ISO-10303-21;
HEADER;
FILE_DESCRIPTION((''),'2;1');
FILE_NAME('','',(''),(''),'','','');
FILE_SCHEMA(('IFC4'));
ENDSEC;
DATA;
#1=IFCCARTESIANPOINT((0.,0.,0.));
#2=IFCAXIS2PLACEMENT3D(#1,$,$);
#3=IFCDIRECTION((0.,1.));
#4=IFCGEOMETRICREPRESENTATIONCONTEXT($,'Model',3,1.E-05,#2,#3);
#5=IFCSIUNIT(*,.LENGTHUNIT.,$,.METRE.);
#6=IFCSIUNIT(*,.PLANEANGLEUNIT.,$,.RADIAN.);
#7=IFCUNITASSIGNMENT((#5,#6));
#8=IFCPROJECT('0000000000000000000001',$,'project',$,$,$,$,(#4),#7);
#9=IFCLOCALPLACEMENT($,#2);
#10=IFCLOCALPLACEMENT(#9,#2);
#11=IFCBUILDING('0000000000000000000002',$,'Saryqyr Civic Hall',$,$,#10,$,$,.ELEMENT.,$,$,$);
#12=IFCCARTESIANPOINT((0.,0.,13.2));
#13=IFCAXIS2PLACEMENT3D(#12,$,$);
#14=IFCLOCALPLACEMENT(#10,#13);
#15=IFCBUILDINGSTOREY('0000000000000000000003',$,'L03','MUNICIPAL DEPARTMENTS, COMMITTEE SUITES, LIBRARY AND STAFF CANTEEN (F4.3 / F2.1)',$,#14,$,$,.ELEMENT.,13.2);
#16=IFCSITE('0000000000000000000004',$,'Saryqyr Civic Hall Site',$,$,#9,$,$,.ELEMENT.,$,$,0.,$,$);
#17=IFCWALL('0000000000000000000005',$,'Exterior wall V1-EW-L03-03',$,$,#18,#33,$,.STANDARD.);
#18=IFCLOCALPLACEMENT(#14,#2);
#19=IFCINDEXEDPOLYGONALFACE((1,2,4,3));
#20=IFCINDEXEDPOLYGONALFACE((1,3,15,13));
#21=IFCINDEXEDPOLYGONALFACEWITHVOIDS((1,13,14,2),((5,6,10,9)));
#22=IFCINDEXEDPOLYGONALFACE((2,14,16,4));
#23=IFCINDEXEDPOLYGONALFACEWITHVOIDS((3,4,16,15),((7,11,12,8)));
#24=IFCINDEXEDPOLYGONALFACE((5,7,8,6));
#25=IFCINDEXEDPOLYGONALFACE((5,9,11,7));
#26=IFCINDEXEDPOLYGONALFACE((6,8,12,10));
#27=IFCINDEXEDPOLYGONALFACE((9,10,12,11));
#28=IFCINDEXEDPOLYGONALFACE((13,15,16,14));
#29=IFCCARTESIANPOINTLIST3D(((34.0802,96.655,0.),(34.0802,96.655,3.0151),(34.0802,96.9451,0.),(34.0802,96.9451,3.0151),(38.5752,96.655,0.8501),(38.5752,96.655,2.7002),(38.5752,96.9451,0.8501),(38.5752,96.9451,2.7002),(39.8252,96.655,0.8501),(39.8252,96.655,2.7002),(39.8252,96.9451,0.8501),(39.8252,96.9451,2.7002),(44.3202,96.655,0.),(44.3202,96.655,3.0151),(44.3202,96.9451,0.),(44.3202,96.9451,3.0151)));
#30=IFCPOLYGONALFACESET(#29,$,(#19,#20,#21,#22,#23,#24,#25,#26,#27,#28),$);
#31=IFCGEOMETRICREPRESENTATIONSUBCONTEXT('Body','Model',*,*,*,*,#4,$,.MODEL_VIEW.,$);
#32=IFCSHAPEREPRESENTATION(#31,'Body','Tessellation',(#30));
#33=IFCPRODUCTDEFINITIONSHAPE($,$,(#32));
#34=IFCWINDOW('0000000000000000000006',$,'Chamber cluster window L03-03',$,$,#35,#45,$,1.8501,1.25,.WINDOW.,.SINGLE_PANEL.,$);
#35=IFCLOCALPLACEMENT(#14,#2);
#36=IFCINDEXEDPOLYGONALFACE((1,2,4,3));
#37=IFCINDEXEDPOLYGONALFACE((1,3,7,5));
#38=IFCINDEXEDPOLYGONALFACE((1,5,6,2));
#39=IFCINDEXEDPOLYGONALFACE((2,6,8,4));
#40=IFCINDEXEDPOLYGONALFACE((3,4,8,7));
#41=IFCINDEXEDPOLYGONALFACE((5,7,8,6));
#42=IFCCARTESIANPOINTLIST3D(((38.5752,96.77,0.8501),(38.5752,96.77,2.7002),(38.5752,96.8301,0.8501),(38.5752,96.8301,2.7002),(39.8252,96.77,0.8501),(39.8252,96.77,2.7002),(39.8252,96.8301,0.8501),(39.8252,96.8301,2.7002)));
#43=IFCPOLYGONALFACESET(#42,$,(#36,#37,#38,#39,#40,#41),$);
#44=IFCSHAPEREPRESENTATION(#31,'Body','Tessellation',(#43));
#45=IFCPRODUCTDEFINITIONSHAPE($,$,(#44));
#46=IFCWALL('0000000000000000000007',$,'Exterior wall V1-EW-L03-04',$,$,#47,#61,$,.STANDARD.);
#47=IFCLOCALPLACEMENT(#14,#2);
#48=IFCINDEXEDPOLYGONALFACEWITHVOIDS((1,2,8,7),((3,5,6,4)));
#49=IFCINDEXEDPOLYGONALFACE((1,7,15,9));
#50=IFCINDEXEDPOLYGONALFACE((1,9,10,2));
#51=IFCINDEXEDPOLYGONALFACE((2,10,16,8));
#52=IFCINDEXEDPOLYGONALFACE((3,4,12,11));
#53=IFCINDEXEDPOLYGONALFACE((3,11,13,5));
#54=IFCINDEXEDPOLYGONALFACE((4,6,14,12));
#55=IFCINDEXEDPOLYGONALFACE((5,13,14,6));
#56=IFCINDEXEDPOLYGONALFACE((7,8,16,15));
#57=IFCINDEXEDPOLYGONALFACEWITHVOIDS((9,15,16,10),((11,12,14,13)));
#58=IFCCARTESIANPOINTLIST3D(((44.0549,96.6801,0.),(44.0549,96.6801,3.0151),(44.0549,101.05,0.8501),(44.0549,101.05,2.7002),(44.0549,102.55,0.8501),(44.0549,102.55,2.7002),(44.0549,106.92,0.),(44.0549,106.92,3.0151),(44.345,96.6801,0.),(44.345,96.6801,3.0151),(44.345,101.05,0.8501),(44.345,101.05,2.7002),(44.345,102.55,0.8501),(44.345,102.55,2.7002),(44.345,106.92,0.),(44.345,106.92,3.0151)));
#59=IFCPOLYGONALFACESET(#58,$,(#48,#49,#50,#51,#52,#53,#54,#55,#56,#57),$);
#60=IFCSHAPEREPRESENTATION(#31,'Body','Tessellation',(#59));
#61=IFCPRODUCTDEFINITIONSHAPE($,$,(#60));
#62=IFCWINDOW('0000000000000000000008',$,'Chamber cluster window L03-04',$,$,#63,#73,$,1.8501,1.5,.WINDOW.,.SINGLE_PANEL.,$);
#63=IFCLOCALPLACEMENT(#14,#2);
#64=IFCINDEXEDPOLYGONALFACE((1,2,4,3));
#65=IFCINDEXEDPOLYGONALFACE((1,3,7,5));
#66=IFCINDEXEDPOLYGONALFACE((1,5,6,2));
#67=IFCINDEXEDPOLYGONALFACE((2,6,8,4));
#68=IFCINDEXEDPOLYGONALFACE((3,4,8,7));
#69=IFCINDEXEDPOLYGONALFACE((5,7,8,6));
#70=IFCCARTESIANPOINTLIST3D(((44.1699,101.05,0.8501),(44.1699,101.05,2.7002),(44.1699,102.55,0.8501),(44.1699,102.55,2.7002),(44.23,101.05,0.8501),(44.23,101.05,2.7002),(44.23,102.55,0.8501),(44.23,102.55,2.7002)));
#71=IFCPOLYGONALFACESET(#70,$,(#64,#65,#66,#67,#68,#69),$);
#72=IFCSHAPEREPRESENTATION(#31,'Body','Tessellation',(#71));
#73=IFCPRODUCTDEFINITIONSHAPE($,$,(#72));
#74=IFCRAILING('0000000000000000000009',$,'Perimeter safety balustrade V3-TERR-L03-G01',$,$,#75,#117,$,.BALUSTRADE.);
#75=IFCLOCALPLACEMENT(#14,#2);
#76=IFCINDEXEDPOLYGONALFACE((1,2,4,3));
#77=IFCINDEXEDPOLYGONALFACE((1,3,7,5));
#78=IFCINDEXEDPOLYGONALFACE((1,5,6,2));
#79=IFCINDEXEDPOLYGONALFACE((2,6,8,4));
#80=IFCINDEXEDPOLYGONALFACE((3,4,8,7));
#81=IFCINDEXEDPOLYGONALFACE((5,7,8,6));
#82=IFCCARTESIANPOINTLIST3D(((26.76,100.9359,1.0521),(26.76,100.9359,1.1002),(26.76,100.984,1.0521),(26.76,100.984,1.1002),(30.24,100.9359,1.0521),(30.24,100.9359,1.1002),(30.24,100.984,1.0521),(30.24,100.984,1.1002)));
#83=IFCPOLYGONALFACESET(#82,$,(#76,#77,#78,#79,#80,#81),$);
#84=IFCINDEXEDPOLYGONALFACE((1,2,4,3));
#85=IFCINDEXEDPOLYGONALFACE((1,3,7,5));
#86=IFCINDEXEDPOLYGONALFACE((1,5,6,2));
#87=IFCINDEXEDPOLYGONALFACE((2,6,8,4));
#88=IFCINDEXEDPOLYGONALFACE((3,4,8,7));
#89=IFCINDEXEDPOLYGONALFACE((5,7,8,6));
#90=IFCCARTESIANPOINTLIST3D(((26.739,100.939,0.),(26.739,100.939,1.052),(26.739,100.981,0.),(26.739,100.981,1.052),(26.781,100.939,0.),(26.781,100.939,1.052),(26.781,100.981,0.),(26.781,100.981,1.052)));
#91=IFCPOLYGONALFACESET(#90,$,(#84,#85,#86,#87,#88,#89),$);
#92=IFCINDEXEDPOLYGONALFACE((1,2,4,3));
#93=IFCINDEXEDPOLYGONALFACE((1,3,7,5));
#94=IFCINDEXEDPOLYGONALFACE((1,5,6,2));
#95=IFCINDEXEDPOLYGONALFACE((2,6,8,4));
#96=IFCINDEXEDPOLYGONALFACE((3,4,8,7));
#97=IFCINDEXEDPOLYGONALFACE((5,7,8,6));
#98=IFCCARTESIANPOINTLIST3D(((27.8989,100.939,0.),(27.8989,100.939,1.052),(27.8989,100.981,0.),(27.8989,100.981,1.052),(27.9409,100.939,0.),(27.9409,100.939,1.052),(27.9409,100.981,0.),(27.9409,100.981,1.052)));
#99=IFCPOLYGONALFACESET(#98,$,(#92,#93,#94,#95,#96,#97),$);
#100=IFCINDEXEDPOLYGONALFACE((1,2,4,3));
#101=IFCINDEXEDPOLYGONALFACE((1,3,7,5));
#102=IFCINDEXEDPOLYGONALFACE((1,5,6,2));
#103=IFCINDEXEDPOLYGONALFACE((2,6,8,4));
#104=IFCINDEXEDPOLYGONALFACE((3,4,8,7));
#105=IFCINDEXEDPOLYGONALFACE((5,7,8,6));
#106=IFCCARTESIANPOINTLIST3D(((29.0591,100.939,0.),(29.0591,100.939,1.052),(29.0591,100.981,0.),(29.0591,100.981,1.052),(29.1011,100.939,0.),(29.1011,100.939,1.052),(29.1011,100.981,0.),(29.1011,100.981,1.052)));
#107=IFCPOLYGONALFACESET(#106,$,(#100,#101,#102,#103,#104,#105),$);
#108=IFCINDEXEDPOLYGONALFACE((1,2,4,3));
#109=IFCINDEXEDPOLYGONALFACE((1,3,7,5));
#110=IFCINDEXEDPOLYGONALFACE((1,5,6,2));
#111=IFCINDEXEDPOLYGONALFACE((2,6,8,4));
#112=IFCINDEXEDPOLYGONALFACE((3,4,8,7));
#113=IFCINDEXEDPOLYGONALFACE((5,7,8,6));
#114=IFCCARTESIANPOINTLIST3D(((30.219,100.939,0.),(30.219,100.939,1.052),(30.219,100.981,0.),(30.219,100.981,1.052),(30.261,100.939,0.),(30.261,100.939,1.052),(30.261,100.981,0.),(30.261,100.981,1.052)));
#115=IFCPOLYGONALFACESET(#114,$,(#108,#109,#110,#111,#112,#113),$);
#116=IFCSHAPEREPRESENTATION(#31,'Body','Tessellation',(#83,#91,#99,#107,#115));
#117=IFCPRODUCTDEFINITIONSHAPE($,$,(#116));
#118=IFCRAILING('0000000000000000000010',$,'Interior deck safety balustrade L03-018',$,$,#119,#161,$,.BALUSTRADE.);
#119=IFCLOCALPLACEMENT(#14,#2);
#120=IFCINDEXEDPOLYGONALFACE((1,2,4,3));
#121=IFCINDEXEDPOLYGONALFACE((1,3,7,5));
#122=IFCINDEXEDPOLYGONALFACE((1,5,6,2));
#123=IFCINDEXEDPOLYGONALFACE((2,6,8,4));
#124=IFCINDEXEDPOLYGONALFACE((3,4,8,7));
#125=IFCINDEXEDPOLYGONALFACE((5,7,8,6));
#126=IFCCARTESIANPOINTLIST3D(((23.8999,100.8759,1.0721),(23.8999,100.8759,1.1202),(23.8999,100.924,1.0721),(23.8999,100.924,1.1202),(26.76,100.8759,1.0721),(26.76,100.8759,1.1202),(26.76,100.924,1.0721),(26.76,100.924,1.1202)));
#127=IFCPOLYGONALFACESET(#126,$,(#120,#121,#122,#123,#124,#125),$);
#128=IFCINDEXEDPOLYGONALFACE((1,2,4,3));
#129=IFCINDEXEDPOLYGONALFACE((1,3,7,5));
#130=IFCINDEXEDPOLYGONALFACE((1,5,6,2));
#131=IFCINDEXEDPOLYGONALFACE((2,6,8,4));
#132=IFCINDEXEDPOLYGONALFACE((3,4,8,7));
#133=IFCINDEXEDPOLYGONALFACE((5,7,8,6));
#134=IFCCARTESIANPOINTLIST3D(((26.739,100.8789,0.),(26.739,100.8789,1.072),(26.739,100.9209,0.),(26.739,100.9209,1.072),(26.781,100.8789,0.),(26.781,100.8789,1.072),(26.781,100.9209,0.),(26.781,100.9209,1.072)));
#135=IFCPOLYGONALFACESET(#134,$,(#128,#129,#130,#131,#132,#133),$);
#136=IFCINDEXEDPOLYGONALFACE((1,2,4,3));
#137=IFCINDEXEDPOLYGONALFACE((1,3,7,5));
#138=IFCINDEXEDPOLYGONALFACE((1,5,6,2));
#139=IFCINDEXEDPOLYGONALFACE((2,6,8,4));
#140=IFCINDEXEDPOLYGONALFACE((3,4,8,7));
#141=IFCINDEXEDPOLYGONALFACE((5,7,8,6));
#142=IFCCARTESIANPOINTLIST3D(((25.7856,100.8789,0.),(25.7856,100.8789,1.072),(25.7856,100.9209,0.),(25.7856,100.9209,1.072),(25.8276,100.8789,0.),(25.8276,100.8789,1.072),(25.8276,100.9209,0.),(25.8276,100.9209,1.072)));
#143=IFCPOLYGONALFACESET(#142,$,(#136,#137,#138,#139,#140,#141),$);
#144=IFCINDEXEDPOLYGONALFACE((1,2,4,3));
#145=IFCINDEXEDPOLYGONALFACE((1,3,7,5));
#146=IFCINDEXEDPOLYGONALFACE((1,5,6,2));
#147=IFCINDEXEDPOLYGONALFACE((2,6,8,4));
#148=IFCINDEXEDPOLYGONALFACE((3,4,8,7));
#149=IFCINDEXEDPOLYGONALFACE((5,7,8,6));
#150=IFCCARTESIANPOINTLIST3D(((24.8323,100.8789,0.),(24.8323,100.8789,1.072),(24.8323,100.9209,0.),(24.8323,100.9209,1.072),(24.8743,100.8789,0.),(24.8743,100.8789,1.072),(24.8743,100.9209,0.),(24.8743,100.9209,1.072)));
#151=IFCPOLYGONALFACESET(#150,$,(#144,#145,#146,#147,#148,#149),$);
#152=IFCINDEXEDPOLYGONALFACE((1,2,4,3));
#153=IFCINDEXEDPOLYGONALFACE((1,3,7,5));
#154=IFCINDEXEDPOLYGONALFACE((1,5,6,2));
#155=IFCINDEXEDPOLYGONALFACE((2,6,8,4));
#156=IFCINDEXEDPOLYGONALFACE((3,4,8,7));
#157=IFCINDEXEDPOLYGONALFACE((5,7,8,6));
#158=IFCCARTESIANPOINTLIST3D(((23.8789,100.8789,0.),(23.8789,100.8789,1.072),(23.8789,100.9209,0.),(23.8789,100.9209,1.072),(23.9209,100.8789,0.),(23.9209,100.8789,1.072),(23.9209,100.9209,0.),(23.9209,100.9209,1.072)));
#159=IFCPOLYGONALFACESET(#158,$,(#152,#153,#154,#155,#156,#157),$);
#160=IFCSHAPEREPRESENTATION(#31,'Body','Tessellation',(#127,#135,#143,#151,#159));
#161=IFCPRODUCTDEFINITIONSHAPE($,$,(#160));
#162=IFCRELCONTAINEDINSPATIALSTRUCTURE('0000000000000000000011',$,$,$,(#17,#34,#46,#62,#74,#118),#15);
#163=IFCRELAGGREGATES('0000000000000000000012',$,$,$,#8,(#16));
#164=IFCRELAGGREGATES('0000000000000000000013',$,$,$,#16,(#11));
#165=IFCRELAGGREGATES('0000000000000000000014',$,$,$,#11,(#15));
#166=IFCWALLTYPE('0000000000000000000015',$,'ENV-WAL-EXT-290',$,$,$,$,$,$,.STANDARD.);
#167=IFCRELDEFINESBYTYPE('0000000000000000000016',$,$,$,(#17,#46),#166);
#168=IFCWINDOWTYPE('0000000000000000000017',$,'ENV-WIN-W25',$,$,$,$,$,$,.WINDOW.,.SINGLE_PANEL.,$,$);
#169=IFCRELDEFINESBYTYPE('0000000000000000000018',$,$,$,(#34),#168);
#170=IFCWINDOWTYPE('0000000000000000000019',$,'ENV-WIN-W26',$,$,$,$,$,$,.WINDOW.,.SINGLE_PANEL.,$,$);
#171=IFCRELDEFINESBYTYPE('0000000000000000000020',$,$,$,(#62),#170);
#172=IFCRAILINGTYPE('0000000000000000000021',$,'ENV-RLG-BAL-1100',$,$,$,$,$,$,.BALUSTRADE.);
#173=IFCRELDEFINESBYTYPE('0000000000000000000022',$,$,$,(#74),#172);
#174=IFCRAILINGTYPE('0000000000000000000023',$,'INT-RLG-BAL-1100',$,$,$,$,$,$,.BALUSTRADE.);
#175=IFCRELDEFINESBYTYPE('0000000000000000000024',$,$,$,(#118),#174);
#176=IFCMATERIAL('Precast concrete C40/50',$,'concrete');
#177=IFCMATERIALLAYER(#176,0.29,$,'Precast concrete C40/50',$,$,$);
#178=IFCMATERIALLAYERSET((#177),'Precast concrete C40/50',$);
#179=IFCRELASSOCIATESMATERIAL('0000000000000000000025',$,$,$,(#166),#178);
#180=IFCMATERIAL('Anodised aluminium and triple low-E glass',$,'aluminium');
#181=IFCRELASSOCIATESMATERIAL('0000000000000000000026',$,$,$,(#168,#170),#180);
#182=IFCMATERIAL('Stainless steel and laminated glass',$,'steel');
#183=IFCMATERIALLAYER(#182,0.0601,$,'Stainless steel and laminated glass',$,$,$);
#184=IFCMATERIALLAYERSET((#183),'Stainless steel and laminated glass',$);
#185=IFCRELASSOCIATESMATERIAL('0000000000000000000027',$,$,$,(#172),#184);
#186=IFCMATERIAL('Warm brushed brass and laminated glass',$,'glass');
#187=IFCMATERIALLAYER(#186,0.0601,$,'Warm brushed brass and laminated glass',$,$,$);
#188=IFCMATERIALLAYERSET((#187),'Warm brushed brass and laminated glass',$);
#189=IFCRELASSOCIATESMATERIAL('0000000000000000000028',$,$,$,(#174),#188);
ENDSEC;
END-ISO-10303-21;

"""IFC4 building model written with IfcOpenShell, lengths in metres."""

from ifc_helpers import new_model, si_unit, direction, frame, frame_2d, origin, origin_2d, place, context, subcontext, project, spatial, rectangle, extrude, material, layer, layer_set, type_object, element, fill, save


model = new_model("IFC4")

# Units and contexts
model_context = context("Model", 3, precision=1e-05, world=origin(), true_north=direction((0.0, 1.0)))
body_context = subcontext(model_context, "Body", "Model", "MODEL_VIEW")
ifc_project = project(units=[si_unit("LENGTHUNIT", "METRE"), si_unit("PLANEANGLEUNIT", "RADIAN")], contexts=[model_context])

# Site, building, storey
site_placement = place(None, origin())
site = spatial("IfcSite", under=ifc_project, at=site_placement, Name="Saryqyr Civic Hall Site", CompositionType="ELEMENT", RefElevation=0.0)
building_placement = place(site_placement, origin())
building = spatial("IfcBuilding", under=site, at=building_placement, Name="Saryqyr Civic Hall", CompositionType="ELEMENT")
storey_placement = place(building_placement, frame((0.0, 0.0, 13.2)))
storey = spatial("IfcBuildingStorey", under=building, at=storey_placement, Name="L03", Description="MUNICIPAL DEPARTMENTS, COMMITTEE SUITES, LIBRARY AND STAFF CANTEEN (F4.3 / F2.1)", CompositionType="ELEMENT", Elevation=13.2)

# Shared definitions
ifc_material_1 = material(Name="Anodised aluminium and triple low-E glass", Category="aluminium")

# Walls, openings, windows
ifc_material_2 = material(Name="Precast concrete C40/50", Category="concrete")
ifc_layer_1 = layer(ifc_material_2, 0.29, Name="Precast concrete C40/50")
ifc_layer_set_1 = layer_set([ifc_layer_1], Name="Precast concrete C40/50")
wall_type_1 = type_object("IfcWallType", Name="ENV-WAL-EXT-290", PredefinedType="STANDARD", material=ifc_layer_set_1)
wall_1_placement = place(storey_placement, frame((34.0801, 96.8, 0.0), z_axis=(0.0, 0.0, 1.0), x_axis=(1.0, 0.0, 0.0)))
wall_1 = element("IfcWall", 1, at=wall_1_placement, inside=storey, type_object=wall_type_1, Name="Exterior wall V1-EW-L03-03", PredefinedType="STANDARD", context=body_context, shape_type="SweptSolid", body=[
    extrude(rectangle(XDim=10.24, YDim=0.29, at=frame_2d((5.1201, 0.0))), origin(), (0.0, 0.0, 1.0), 3.0151),
])
opening_1_placement = place(wall_1_placement, frame((4.4951, 0.0, 0.8501)))
opening_1 = element("IfcOpeningElement", 2, at=opening_1_placement, cuts=wall_1, PredefinedType="OPENING", context=body_context, shape_type="SweptSolid", body=[
    extrude(rectangle(XDim=1.25, YDim=1.8501, at=frame_2d((0.625, 0.925))), frame((0.0, 0.155, 0.0), z_axis=(0.0, -1.0, 0.0), x_axis=(1.0, 0.0, 0.0)), (0.0, 0.0, 1.0), 0.3101),
])
window_type_1 = type_object("IfcWindowType", Name="ENV-WIN-W25", PartitioningType="SINGLE_PANEL", PredefinedType="WINDOW", material=ifc_material_1)
window_1_placement = place(opening_1_placement, origin())
window_1 = element("IfcWindow", 3, at=window_1_placement, inside=storey, type_object=window_type_1, Name="Chamber cluster window L03-03", OverallHeight=1.8501, OverallWidth=1.25, PartitioningType="SINGLE_PANEL", PredefinedType="WINDOW", context=body_context, shape_type="SweptSolid", body=[
    extrude(rectangle(XDim=1.25, YDim=1.8501, at=frame_2d((0.625, 0.925))), frame((0.0, 0.03, 0.0), z_axis=(0.0, -1.0, 0.0), x_axis=(1.0, 0.0, 0.0)), (0.0, 0.0, 1.0), 0.0601),
])
fill(opening_1, window_1)
wall_2_placement = place(storey_placement, frame((44.2, 96.6799, 0.0), z_axis=(0.0, 0.0, 1.0), x_axis=(0.0, 1.0, 0.0)))
wall_2 = element("IfcWall", 4, at=wall_2_placement, inside=storey, type_object=wall_type_1, Name="Exterior wall V1-EW-L03-04", PredefinedType="STANDARD", context=body_context, shape_type="SweptSolid", body=[
    extrude(rectangle(XDim=10.24, YDim=0.29, at=frame_2d((5.1201, 0.0))), origin(), (0.0, 0.0, 1.0), 3.0151),
])
opening_2_placement = place(wall_2_placement, frame((4.3701, 0.0, 0.8501)))
opening_2 = element("IfcOpeningElement", 5, at=opening_2_placement, cuts=wall_2, PredefinedType="OPENING", context=body_context, shape_type="SweptSolid", body=[
    extrude(rectangle(XDim=1.5, YDim=1.8501, at=frame_2d((0.75, 0.925))), frame((0.0, 0.155, 0.0), z_axis=(0.0, -1.0, 0.0), x_axis=(1.0, 0.0, 0.0)), (0.0, 0.0, 1.0), 0.3101),
])
window_type_2 = type_object("IfcWindowType", Name="ENV-WIN-W26", PartitioningType="SINGLE_PANEL", PredefinedType="WINDOW", material=ifc_material_1)
window_2_placement = place(opening_2_placement, origin())
window_2 = element("IfcWindow", 6, at=window_2_placement, inside=storey, type_object=window_type_2, Name="Chamber cluster window L03-04", OverallHeight=1.8501, OverallWidth=1.5, PartitioningType="SINGLE_PANEL", PredefinedType="WINDOW", context=body_context, shape_type="SweptSolid", body=[
    extrude(rectangle(XDim=1.5, YDim=1.8501, at=frame_2d((0.75, 0.925))), frame((0.0, 0.03, 0.0), z_axis=(0.0, -1.0, 0.0), x_axis=(1.0, 0.0, 0.0)), (0.0, 0.0, 1.0), 0.0601),
])
fill(opening_2, window_2)

# Railings
ifc_material_3 = material(Name="Stainless steel and laminated glass", Category="steel")
ifc_layer_2 = layer(ifc_material_3, 0.0601, Name="Stainless steel and laminated glass")
ifc_layer_set_2 = layer_set([ifc_layer_2], Name="Stainless steel and laminated glass")
railing_type_1 = type_object("IfcRailingType", Name="ENV-RLG-BAL-1100", PredefinedType="BALUSTRADE", material=ifc_layer_set_2)
railing_1_placement = place(storey_placement, frame((26.76, 100.96, 0.0)))
element("IfcRailing", 7, at=railing_1_placement, inside=storey, type_object=railing_type_1, Name="Perimeter safety balustrade V3-TERR-L03-G01", PredefinedType="BALUSTRADE", context=body_context, shape_type="SweptSolid", body=[
    extrude(rectangle(XDim=0.0481, YDim=0.0481, at=origin_2d()), frame((0.0, 0.0, 1.0762), z_axis=(1.0, 0.0, 0.0), x_axis=(0.0, 1.0, 0.0)), (0.0, 0.0, 1.0), 3.48),
    extrude(rectangle(XDim=0.042, YDim=0.042, at=origin_2d()), origin(), (0.0, 0.0, 1.0), 1.052),
    extrude(rectangle(XDim=0.042, YDim=0.042, at=origin_2d()), frame((1.1599, 0.0, 0.0)), (0.0, 0.0, 1.0), 1.052),
    extrude(rectangle(XDim=0.042, YDim=0.042, at=origin_2d()), frame((2.3201, 0.0, 0.0)), (0.0, 0.0, 1.0), 1.052),
    extrude(rectangle(XDim=0.042, YDim=0.042, at=origin_2d()), frame((3.48, 0.0, 0.0)), (0.0, 0.0, 1.0), 1.052),
])
ifc_material_4 = material(Name="Warm brushed brass and laminated glass", Category="glass")
ifc_layer_3 = layer(ifc_material_4, 0.0601, Name="Warm brushed brass and laminated glass")
ifc_layer_set_3 = layer_set([ifc_layer_3], Name="Warm brushed brass and laminated glass")
railing_type_2 = type_object("IfcRailingType", Name="INT-RLG-BAL-1100", PredefinedType="BALUSTRADE", material=ifc_layer_set_3)
railing_2_placement = place(storey_placement, frame((26.76, 100.8999, 0.0)))
element("IfcRailing", 8, at=railing_2_placement, inside=storey, type_object=railing_type_2, Name="Interior deck safety balustrade L03-018", PredefinedType="BALUSTRADE", context=body_context, shape_type="SweptSolid", body=[
    extrude(rectangle(XDim=0.0481, YDim=0.0481, at=origin_2d()), frame((0.0, 0.0, 1.0962), z_axis=(-1.0, 0.0, 0.0), x_axis=(0.0, -1.0, 0.0)), (0.0, 0.0, 1.0), 2.8601),
    extrude(rectangle(XDim=0.042, YDim=0.042, at=origin_2d()), origin(), (0.0, 0.0, 1.0), 1.072),
    extrude(rectangle(XDim=0.042, YDim=0.042, at=origin_2d()), frame((-0.9534, 0.0, 0.0)), (0.0, 0.0, 1.0), 1.072),
    extrude(rectangle(XDim=0.042, YDim=0.042, at=origin_2d()), frame((-1.9067, 0.0, 0.0)), (0.0, 0.0, 1.0), 1.072),
    extrude(rectangle(XDim=0.042, YDim=0.042, at=origin_2d()), frame((-2.8601, 0.0, 0.0)), (0.0, 0.0, 1.0), 1.072),
])

save(model, "model.ifc")
